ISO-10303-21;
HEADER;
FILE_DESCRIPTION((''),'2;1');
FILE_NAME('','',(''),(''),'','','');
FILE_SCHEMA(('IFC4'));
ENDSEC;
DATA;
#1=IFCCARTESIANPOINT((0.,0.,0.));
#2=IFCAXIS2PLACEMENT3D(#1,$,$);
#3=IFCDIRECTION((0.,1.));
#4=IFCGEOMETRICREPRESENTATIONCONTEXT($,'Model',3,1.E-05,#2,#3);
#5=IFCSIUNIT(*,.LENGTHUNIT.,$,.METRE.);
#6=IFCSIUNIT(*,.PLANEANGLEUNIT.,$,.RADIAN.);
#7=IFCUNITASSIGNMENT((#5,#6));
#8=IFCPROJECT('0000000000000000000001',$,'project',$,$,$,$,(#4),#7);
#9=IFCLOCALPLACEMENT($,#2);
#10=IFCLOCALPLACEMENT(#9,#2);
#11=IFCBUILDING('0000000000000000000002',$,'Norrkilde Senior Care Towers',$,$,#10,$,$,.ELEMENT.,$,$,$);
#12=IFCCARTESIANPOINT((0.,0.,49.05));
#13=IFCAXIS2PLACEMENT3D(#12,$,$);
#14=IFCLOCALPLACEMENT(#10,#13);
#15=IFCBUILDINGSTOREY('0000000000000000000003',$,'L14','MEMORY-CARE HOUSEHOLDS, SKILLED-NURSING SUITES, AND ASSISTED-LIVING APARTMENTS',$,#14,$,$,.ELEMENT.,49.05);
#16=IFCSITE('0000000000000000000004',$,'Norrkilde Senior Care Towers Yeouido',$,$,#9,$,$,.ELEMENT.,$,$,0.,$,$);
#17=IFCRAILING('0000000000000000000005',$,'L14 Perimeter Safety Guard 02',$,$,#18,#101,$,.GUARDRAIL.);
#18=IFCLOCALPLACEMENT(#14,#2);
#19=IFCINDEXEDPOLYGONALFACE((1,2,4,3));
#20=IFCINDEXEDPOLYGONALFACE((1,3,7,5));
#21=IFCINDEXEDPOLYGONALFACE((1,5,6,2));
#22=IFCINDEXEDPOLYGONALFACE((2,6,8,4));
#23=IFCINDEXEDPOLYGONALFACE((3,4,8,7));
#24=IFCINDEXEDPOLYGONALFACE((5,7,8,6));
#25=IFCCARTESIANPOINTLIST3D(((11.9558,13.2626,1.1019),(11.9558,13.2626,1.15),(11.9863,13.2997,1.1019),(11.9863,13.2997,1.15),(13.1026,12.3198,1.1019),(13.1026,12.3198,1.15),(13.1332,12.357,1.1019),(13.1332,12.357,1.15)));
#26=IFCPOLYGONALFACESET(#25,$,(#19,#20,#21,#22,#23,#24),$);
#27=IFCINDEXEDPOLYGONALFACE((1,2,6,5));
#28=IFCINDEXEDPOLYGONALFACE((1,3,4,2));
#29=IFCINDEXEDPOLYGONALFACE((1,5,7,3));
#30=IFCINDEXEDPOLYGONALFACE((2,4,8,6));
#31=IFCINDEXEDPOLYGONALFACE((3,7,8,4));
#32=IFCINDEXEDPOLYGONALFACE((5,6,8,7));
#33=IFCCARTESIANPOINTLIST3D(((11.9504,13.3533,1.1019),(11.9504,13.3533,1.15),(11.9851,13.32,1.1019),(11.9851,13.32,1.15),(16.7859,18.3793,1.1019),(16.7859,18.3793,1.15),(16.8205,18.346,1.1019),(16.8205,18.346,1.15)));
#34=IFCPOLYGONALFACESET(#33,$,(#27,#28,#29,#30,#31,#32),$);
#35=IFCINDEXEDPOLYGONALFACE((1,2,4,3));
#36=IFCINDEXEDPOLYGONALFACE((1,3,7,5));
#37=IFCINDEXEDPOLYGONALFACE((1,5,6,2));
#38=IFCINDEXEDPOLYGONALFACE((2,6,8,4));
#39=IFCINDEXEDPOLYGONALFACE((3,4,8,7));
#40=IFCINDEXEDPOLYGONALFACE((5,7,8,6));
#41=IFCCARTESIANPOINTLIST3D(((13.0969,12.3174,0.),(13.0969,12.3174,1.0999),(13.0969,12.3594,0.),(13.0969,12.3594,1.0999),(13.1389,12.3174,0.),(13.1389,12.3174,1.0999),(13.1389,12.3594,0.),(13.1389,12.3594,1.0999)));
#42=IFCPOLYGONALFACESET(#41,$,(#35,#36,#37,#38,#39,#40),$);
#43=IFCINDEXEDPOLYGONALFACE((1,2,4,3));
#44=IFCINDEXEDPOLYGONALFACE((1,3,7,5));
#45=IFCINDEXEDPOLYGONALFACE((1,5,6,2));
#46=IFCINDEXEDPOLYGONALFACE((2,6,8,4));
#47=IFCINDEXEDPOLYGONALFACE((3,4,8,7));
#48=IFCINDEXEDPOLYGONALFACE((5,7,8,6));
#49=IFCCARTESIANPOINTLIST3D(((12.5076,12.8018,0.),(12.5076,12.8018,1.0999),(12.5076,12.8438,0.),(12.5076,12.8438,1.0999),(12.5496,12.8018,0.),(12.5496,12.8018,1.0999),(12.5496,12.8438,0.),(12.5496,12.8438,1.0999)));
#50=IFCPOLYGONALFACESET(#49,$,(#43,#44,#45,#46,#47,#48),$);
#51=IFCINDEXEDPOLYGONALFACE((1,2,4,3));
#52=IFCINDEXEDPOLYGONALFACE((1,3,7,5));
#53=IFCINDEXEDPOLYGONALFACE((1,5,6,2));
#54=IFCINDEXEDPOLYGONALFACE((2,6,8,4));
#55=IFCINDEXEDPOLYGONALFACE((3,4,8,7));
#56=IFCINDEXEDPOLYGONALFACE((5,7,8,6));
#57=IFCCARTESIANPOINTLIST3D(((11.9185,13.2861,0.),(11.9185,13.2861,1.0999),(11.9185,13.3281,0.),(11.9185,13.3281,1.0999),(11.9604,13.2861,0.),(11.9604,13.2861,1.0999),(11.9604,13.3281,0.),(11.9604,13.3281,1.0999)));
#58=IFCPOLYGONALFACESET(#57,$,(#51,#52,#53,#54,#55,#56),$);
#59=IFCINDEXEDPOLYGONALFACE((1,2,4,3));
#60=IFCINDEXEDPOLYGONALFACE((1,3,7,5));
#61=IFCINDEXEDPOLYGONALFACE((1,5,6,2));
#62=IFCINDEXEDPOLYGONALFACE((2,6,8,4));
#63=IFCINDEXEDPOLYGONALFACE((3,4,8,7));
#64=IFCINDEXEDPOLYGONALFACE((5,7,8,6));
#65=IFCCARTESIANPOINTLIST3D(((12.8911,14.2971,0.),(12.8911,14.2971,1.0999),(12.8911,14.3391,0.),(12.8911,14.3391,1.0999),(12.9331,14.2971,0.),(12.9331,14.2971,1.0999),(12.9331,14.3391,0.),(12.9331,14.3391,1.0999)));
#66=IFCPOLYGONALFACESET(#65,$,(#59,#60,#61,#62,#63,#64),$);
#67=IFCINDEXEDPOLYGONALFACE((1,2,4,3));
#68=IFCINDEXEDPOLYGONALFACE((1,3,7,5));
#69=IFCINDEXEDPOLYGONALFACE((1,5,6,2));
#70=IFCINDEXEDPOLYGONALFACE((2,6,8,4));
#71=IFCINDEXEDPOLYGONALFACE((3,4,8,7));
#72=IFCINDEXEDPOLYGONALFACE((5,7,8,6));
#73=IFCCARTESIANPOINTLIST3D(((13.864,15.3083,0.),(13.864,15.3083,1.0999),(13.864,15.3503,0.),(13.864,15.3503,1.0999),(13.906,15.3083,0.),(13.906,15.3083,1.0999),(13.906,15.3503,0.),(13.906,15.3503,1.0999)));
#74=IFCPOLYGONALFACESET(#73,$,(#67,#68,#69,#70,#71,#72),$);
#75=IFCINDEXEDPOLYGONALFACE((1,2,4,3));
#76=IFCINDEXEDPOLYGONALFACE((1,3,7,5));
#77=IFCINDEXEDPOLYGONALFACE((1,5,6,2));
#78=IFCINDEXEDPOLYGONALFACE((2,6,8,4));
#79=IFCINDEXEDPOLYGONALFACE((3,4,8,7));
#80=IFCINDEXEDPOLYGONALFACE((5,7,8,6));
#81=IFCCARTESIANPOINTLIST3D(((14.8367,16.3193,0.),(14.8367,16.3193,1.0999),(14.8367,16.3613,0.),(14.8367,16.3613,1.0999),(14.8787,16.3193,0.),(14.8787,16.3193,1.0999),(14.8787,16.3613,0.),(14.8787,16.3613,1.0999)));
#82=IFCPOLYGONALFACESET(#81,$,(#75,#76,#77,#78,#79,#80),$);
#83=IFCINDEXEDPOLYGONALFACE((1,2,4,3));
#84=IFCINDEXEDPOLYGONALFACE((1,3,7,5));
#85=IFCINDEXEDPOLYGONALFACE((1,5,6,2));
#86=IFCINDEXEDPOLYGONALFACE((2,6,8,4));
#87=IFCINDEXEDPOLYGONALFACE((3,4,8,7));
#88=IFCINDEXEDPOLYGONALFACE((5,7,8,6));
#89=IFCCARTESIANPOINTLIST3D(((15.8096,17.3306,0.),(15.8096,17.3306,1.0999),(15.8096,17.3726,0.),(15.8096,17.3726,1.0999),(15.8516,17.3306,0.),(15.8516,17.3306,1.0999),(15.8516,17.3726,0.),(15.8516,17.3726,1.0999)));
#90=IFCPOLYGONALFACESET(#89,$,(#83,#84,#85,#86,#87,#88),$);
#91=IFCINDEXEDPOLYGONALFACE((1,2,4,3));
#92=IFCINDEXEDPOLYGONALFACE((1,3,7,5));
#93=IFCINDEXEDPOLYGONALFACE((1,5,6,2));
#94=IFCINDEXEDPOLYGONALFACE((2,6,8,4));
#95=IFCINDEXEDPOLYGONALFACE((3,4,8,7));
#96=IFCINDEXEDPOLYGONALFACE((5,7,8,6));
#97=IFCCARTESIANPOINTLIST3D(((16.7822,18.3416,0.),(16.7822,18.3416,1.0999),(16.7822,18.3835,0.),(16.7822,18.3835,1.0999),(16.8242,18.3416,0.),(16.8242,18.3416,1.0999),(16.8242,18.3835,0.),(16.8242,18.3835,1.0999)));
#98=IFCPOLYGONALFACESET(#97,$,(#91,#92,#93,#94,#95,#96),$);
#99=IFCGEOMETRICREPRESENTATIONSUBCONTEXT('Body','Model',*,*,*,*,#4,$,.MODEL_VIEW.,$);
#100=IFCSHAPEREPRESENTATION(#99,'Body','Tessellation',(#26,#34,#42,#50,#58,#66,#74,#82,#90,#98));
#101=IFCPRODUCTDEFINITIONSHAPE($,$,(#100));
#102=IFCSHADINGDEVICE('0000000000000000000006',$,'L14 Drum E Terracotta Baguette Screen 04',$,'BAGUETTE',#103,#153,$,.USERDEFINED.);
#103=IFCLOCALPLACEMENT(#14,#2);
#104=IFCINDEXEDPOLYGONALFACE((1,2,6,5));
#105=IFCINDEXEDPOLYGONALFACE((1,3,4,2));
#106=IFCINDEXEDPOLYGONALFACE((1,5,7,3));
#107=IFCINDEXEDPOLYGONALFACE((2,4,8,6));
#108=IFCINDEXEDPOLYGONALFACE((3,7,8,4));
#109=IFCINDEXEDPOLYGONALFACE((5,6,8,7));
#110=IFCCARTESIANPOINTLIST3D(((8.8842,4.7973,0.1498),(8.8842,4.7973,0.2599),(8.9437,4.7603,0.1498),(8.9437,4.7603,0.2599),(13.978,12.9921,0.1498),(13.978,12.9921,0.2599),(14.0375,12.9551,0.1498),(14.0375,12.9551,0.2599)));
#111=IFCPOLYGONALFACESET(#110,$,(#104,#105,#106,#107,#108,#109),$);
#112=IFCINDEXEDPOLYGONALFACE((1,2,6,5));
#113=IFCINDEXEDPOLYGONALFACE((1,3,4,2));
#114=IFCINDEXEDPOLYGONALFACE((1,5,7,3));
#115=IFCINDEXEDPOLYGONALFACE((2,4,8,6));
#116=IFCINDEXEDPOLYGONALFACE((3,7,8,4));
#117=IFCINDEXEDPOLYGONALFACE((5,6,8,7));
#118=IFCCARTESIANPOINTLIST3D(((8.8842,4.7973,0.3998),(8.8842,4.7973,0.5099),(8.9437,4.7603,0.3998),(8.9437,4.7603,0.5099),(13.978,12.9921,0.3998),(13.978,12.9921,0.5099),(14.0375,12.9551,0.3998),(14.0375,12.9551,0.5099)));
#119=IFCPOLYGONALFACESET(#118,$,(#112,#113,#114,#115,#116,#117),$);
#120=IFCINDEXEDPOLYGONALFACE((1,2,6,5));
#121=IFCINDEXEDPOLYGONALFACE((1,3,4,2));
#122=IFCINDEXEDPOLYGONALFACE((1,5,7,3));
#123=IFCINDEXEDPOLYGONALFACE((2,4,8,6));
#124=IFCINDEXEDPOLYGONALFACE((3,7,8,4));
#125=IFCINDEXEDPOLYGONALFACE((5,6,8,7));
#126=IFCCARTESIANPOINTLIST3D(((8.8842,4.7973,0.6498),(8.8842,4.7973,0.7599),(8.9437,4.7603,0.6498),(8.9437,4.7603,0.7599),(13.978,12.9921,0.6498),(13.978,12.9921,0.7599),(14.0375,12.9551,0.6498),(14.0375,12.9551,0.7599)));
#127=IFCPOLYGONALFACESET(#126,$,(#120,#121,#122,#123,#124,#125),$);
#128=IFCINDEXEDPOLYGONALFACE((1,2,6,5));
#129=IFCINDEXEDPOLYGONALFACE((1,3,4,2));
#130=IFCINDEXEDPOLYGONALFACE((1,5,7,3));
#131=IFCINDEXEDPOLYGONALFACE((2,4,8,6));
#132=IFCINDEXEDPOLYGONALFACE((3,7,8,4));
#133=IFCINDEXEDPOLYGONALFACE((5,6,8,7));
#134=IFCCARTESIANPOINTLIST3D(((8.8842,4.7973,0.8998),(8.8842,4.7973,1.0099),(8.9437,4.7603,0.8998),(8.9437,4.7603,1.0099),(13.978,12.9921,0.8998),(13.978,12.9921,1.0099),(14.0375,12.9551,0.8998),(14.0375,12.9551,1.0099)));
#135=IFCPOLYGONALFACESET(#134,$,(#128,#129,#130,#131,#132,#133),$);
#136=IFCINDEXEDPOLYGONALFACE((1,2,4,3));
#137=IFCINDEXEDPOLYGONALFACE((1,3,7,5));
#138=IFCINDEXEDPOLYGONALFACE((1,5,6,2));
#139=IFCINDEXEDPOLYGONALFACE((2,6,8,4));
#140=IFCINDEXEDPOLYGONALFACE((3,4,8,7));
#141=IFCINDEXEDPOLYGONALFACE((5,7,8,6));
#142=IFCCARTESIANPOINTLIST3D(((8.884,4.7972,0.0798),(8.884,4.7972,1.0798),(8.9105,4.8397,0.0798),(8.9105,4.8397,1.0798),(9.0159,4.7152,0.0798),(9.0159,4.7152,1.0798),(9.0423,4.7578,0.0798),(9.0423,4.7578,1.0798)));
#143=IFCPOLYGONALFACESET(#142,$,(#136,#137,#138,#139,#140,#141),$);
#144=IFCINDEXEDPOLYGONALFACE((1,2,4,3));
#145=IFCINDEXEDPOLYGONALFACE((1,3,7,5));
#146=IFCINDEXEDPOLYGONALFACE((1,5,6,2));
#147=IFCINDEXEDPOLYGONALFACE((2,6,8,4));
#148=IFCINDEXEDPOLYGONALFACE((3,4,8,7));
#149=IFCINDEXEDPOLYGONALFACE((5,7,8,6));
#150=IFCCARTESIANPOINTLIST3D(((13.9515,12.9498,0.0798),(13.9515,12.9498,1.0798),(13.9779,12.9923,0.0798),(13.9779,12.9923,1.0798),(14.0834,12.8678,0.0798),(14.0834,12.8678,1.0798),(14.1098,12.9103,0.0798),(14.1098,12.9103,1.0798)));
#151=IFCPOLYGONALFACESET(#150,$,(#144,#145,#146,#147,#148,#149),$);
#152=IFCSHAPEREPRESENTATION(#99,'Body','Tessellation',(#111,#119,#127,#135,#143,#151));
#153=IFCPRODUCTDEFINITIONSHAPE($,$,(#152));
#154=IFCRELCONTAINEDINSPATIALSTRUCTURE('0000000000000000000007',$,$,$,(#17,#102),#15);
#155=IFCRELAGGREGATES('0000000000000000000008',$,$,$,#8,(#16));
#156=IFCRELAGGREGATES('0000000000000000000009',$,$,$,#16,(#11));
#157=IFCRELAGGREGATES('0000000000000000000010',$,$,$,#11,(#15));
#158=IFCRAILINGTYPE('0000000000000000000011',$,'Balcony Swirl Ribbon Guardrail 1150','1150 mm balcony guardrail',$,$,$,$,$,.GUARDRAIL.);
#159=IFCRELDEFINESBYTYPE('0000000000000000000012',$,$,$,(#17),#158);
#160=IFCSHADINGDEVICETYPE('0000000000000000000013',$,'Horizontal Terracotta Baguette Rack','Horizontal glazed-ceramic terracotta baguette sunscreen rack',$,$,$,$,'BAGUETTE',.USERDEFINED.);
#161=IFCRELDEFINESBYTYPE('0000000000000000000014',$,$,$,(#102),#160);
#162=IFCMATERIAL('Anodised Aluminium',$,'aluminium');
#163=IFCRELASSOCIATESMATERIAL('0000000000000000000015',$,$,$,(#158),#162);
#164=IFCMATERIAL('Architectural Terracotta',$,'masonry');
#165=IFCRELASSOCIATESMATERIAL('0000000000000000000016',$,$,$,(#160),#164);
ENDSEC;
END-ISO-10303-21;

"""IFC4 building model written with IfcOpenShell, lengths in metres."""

from ifc_helpers import new_model, si_unit, direction, frame, origin, origin_2d, place, context, subcontext, project, spatial, rectangle, extrude, source, transform, mapped, material, type_object, type_shapes, element, save


model = new_model("IFC4")

# Units and contexts
model_context = context("Model", 3, precision=1e-05, world=origin(), true_north=direction((0.0, 1.0)))
body_context = subcontext(model_context, "Body", "Model", "MODEL_VIEW")
ifc_project = project(units=[si_unit("LENGTHUNIT", "METRE"), si_unit("PLANEANGLEUNIT", "RADIAN")], contexts=[model_context])

# Site, building, storey
site_placement = place(None, origin())
site = spatial("IfcSite", under=ifc_project, at=site_placement, Name="Norrkilde Senior Care Towers Yeouido", CompositionType="ELEMENT", RefElevation=0.0)
building_placement = place(site_placement, origin())
building = spatial("IfcBuilding", under=site, at=building_placement, Name="Norrkilde Senior Care Towers", CompositionType="ELEMENT")
storey_placement = place(building_placement, frame((0.0, 0.0, 49.05)))
storey = spatial("IfcBuildingStorey", under=building, at=storey_placement, Name="L14", Description="MEMORY-CARE HOUSEHOLDS, SKILLED-NURSING SUITES, AND ASSISTED-LIVING APARTMENTS", CompositionType="ELEMENT", Elevation=49.05)

# Shared definitions
ifc_material_1 = material(Name="Anodised Aluminium", Category="aluminium")

# Railing
railing_type = type_object("IfcRailingType", Name="Balcony Swirl Ribbon Guardrail 1150", Description="1150 mm balcony guardrail", PredefinedType="GUARDRAIL", material=ifc_material_1)
railing_1_placement = place(storey_placement, frame((13.1179, 12.3384, 0.0)))
element("IfcRailing", 1, at=railing_1_placement, inside=storey, type_object=railing_type, Name="L14 Perimeter Safety Guard 02", PredefinedType="GUARDRAIL", context=body_context, shape_type="SweptSolid", body=[
    extrude(rectangle(XDim=0.0481, YDim=0.0481, at=origin_2d()), frame((0.0, 0.0, 1.126), z_axis=(-0.772494, 0.635023, 0.0), x_axis=(-0.635023, -0.772494, 0.0)), (0.0, 0.0, 1.0), 1.4846),
    extrude(rectangle(XDim=0.0481, YDim=0.0481, at=origin_2d()), frame((-1.1501, 0.9983, 1.126), z_axis=(0.693315, 0.720634, 0.0), x_axis=(-0.720634, 0.693315, 0.0)), (0.0, 0.0, 1.0), 6.9744),
    extrude(rectangle(XDim=0.042, YDim=0.042, at=origin_2d()), origin(), (0.0, 0.0, 1.0), 1.0999),
    extrude(rectangle(XDim=0.042, YDim=0.042, at=origin_2d()), frame((-0.5894, 0.4844, 0.0)), (0.0, 0.0, 1.0), 1.0999),
    extrude(rectangle(XDim=0.042, YDim=0.042, at=origin_2d()), frame((-1.1785, 0.9688, 0.0)), (0.0, 0.0, 1.0), 1.0999),
    extrude(rectangle(XDim=0.042, YDim=0.042, at=origin_2d()), frame((-0.2058, 1.9797, 0.0)), (0.0, 0.0, 1.0), 1.0999),
    extrude(rectangle(XDim=0.042, YDim=0.042, at=origin_2d()), frame((0.7671, 2.991, 0.0)), (0.0, 0.0, 1.0), 1.0999),
    extrude(rectangle(XDim=0.042, YDim=0.042, at=origin_2d()), frame((1.7397, 4.002, 0.0)), (0.0, 0.0, 1.0), 1.0999),
    extrude(rectangle(XDim=0.042, YDim=0.042, at=origin_2d()), frame((2.7126, 5.0132, 0.0)), (0.0, 0.0, 1.0), 1.0999),
    extrude(rectangle(XDim=0.042, YDim=0.042, at=origin_2d()), frame((3.6853, 6.0242, 0.0)), (0.0, 0.0, 1.0), 1.0999),
])

# Shading device
ifc_material_2 = material(Name="Architectural Terracotta", Category="masonry")
shading_device_type = type_object("IfcShadingDeviceType", Name="Horizontal Terracotta Baguette Rack", Description="Horizontal glazed-ceramic terracotta baguette sunscreen rack", ElementType="BAGUETTE", PredefinedType="USERDEFINED", material=ifc_material_2)
shared_shape_1 = source(origin(), body_context, "Body", "SweptSolid", [
    extrude(rectangle(XDim=0.0701, YDim=0.1101, at=origin_2d()), frame((0.0, 0.0901, 0.125), z_axis=(1.0, 0.0, 0.0), x_axis=(0.0, 1.0, 0.0)), (0.0, 0.0, 1.0), 9.6489),
    extrude(rectangle(XDim=0.0701, YDim=0.1101, at=origin_2d()), frame((0.0, 0.0901, 0.375), z_axis=(1.0, 0.0, 0.0), x_axis=(0.0, 1.0, 0.0)), (0.0, 0.0, 1.0), 9.6489),
    extrude(rectangle(XDim=0.0701, YDim=0.1101, at=origin_2d()), frame((0.0, 0.0901, 0.625), z_axis=(1.0, 0.0, 0.0), x_axis=(0.0, 1.0, 0.0)), (0.0, 0.0, 1.0), 9.6489),
    extrude(rectangle(XDim=0.0701, YDim=0.1101, at=origin_2d()), frame((0.0, 0.0901, 0.875), z_axis=(1.0, 0.0, 0.0), x_axis=(0.0, 1.0, 0.0)), (0.0, 0.0, 1.0), 9.6489),
    extrude(rectangle(XDim=0.05, YDim=0.1553, at=origin_2d()), frame((0.0249, 0.0476, 0.0)), (0.0, 0.0, 1.0), 1.0),
    extrude(rectangle(XDim=0.05, YDim=0.1553, at=origin_2d()), frame((9.624, 0.0476, 0.0)), (0.0, 0.0, 1.0), 1.0),
])
type_shapes(shading_device_type, [shared_shape_1])
shading_device_placement = place(storey_placement, frame((8.9905, 4.7312, 0.0798), z_axis=(0.0, 0.0, 1.0), x_axis=(0.527909, 0.849299, 0.0)))
element("IfcShadingDevice", 2, at=shading_device_placement, inside=storey, type_object=shading_device_type, Name="L14 Drum E Terracotta Baguette Screen 04", ObjectType="BAGUETTE", PredefinedType="USERDEFINED", context=body_context, shape_type="MappedRepresentation", body=[
    mapped(shared_shape_1, transform((0.0, 0.0, 0.0), x_axis=(1.0, 0.0, 0.0), y_axis=(0.0, 1.0, 0.0), z_axis=(0.0, 0.0, 1.0), scale=1.0)),
])

save(model, "model.ifc")
